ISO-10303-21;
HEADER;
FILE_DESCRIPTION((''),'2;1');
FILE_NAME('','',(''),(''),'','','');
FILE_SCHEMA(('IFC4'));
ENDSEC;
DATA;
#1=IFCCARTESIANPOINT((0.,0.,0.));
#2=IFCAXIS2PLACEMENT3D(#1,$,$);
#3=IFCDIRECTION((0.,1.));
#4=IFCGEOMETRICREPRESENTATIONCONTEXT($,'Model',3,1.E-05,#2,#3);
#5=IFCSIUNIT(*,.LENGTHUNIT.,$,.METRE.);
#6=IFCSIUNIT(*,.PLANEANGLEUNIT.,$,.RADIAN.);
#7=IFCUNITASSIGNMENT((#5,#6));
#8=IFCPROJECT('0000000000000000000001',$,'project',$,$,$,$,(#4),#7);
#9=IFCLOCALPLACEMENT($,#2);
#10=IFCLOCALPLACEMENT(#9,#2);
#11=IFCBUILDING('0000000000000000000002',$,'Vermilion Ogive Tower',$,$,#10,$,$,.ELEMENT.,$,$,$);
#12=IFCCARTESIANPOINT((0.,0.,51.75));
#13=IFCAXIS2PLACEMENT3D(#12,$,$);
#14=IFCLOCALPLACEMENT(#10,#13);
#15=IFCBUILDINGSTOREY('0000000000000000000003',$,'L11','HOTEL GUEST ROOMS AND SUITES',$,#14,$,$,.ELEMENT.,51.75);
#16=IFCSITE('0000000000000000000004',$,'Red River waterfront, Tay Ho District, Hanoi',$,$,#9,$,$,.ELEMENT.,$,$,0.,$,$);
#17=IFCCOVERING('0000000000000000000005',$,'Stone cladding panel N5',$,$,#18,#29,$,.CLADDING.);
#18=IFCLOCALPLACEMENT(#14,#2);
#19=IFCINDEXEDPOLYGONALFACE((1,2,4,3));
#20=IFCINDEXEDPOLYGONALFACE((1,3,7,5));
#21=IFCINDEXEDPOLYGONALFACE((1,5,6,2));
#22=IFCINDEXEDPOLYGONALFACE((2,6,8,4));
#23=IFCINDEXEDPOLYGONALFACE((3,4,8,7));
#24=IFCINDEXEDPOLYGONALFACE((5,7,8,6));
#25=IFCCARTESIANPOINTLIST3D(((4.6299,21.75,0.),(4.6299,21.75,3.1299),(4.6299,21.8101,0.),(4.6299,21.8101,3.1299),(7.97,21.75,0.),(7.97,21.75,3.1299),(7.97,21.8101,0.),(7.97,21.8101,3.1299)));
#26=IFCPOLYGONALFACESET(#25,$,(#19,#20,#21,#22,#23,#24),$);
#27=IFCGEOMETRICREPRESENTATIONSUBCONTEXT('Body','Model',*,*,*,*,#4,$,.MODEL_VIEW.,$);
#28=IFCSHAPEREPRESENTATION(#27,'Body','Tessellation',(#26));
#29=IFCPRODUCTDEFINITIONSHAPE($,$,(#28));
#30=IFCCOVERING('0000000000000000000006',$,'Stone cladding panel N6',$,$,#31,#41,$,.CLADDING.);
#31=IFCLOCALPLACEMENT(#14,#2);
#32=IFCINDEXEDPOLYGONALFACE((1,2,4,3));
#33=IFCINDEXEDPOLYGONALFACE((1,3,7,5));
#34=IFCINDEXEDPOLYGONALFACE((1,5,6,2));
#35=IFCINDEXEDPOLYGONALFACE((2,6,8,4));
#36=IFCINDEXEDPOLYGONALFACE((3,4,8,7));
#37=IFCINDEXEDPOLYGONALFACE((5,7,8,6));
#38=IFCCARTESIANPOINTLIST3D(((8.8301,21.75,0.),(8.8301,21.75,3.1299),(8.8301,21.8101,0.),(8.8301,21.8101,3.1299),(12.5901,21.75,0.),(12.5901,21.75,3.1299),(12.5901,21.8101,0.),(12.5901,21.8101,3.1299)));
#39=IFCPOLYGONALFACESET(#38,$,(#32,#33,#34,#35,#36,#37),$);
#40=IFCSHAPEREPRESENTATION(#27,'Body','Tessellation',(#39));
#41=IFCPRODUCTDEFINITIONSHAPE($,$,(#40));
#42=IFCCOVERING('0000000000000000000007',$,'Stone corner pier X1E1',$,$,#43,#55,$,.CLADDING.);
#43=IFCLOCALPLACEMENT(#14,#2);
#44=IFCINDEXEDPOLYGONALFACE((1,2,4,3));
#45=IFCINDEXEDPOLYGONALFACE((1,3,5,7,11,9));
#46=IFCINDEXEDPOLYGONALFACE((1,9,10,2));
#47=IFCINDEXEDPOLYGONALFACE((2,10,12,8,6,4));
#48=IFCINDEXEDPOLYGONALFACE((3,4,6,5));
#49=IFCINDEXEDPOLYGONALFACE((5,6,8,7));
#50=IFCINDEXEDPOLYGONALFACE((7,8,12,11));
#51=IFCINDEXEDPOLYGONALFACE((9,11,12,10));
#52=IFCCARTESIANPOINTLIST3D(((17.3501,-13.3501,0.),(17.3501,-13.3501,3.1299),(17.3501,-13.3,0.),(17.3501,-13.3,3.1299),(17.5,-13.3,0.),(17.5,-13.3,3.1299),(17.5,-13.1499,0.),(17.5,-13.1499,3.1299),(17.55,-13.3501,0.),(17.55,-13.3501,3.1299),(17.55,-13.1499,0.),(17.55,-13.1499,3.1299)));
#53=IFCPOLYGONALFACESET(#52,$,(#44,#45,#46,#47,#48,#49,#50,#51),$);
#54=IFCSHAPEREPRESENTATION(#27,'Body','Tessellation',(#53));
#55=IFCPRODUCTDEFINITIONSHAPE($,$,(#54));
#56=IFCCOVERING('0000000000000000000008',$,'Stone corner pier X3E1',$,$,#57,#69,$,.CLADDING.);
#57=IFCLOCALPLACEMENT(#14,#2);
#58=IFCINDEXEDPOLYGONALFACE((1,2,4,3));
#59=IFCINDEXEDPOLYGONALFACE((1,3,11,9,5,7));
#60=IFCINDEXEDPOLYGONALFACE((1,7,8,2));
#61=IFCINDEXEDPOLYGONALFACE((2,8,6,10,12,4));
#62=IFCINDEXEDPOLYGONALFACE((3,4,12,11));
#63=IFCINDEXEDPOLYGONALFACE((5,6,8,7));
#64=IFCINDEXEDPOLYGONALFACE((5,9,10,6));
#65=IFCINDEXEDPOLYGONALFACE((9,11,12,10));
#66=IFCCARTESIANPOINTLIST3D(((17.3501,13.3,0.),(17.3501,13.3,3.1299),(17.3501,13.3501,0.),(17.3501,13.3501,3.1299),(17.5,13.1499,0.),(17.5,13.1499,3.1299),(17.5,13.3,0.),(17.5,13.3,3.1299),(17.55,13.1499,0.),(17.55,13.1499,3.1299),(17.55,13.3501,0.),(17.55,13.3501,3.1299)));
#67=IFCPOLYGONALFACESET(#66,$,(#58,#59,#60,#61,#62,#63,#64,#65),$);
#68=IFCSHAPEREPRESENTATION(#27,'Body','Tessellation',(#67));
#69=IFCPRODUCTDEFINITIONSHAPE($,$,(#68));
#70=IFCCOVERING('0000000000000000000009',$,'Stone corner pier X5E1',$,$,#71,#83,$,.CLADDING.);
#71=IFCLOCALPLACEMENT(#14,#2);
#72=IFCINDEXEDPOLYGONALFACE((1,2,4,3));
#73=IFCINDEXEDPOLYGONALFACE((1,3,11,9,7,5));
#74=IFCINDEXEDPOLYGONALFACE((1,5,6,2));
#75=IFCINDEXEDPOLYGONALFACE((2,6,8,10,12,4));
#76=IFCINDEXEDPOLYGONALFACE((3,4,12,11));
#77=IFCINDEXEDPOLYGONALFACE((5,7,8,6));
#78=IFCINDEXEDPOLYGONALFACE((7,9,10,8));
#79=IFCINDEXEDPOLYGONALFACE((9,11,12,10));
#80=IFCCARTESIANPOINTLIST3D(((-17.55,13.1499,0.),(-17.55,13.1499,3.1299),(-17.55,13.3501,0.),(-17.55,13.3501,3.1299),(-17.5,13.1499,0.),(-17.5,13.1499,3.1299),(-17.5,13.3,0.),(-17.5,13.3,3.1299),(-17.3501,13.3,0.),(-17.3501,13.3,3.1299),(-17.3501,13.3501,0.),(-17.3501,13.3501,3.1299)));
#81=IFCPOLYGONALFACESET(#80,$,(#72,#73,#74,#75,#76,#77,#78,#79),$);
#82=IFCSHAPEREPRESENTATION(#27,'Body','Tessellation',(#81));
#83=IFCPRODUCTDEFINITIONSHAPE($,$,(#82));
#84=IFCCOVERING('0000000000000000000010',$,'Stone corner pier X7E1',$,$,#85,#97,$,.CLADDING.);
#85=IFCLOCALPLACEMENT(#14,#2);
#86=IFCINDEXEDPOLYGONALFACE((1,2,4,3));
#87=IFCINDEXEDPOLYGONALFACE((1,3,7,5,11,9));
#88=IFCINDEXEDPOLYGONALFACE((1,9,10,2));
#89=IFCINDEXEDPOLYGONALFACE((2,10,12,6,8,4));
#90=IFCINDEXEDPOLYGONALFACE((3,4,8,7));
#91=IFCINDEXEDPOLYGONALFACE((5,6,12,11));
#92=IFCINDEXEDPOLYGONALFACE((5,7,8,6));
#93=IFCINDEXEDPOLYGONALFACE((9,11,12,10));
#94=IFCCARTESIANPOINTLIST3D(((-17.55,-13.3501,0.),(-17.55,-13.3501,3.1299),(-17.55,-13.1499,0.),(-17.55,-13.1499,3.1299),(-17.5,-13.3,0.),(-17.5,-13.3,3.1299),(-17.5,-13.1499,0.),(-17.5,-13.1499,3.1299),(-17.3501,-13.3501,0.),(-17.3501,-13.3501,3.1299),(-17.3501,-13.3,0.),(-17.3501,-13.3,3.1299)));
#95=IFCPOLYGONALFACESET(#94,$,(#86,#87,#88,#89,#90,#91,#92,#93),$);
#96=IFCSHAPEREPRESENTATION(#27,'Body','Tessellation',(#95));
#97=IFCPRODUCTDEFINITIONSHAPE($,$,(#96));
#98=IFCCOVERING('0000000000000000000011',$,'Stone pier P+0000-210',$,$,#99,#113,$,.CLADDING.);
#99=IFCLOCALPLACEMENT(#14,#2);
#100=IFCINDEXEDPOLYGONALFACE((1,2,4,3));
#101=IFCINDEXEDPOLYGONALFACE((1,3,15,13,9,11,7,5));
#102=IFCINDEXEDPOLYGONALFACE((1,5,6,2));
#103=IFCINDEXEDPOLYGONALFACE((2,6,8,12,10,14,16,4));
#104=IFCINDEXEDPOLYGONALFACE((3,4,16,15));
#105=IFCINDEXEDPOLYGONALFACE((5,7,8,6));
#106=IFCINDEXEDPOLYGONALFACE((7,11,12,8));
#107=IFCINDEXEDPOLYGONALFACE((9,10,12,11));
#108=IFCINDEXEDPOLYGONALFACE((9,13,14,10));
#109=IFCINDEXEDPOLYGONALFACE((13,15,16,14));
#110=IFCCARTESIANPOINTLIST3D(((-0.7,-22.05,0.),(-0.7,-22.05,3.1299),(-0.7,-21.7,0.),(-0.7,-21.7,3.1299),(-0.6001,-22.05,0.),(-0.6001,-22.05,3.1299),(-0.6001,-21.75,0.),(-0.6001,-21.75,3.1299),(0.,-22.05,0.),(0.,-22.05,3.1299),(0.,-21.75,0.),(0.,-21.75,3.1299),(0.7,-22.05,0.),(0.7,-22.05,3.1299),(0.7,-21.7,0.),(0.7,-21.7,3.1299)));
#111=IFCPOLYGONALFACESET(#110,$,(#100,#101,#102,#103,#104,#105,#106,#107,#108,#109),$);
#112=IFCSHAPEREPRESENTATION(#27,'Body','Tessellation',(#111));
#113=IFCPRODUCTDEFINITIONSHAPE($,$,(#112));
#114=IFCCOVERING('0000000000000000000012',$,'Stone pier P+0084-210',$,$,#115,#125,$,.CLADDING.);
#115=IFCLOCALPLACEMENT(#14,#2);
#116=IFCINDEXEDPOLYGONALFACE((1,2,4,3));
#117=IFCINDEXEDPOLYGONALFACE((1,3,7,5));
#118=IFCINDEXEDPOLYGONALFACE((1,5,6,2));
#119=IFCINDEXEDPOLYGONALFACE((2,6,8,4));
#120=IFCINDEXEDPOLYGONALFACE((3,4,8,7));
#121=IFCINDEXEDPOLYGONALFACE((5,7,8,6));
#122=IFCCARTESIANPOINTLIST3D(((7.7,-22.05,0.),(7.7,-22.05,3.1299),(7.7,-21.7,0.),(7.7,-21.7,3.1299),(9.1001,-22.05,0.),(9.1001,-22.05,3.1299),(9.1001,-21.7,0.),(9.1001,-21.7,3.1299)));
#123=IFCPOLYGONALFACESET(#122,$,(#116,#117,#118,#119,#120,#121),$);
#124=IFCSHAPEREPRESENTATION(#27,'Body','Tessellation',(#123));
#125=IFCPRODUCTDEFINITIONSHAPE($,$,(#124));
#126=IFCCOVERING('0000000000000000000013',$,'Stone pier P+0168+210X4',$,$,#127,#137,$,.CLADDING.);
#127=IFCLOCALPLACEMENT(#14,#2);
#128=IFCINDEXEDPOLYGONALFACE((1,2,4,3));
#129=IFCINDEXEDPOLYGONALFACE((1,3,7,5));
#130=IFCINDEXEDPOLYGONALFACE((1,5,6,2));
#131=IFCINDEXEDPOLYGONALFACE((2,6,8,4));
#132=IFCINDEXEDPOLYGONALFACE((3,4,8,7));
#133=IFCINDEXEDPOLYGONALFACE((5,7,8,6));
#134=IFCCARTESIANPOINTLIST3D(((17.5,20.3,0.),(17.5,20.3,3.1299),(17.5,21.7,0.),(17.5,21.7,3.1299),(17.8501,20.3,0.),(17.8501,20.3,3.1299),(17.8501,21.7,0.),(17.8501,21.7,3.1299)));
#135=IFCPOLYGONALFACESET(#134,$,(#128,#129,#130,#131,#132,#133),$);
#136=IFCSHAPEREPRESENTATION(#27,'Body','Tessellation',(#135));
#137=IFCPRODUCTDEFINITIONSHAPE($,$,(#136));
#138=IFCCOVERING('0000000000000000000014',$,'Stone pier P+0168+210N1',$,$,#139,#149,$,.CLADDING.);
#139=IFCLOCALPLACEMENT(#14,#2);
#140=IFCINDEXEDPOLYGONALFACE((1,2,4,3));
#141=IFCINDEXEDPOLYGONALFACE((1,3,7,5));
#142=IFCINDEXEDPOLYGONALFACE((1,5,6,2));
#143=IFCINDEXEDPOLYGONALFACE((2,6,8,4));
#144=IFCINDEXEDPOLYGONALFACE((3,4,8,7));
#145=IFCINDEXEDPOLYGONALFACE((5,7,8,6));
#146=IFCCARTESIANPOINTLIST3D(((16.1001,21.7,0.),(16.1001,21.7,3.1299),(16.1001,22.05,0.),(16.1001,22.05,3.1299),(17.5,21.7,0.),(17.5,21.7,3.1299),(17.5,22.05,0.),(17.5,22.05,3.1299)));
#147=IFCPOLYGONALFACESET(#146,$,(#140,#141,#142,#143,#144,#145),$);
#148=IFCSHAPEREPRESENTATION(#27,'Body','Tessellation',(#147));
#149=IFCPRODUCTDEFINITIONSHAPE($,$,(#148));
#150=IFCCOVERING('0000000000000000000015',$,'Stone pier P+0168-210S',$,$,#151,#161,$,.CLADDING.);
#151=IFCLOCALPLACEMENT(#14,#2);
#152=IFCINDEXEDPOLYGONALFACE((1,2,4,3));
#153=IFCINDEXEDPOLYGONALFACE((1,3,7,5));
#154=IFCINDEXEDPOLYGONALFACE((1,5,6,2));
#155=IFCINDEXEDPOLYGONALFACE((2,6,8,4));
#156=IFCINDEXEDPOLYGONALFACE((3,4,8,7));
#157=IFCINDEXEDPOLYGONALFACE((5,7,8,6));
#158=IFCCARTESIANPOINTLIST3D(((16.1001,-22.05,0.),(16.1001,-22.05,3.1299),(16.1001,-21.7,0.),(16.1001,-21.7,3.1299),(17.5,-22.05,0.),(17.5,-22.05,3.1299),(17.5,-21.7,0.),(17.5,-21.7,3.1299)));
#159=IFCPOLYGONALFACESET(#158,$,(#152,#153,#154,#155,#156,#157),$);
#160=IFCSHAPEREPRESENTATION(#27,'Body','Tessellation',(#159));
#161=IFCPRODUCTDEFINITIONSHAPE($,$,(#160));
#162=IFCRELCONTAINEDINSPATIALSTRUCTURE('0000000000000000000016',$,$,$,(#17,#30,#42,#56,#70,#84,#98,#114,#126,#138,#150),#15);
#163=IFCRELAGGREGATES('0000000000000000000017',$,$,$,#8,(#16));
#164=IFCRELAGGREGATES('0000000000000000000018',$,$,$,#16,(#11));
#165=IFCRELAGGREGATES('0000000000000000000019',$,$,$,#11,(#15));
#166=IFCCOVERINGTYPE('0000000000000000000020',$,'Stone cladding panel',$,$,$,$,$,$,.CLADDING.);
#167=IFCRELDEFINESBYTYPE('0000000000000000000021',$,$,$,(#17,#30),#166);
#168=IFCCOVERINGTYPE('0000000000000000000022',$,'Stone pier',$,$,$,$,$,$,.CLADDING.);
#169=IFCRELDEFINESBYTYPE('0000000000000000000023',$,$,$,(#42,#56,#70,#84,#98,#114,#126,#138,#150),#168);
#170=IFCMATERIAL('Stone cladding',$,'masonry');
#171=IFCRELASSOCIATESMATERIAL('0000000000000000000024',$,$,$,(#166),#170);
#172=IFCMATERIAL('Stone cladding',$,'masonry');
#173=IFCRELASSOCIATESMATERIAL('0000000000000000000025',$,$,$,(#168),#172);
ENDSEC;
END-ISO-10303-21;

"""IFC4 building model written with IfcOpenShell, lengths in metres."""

from ifc_helpers import new_model, si_unit, direction, frame, origin, place, context, subcontext, project, spatial, polyline, outline, extrude, material, type_object, element, save


model = new_model("IFC4")

# Units and contexts
model_context = context("Model", 3, precision=1e-05, world=origin(), true_north=direction((0.0, 1.0)))
body_context = subcontext(model_context, "Body", "Model", "MODEL_VIEW")
ifc_project = project(units=[si_unit("LENGTHUNIT", "METRE"), si_unit("PLANEANGLEUNIT", "RADIAN")], contexts=[model_context])

# Site, building, storey
site_placement = place(None, origin())
site = spatial("IfcSite", under=ifc_project, at=site_placement, Name="Red River waterfront, Tay Ho District, Hanoi", CompositionType="ELEMENT", RefElevation=0.0)
building_placement = place(site_placement, origin())
building = spatial("IfcBuilding", under=site, at=building_placement, Name="Vermilion Ogive Tower", CompositionType="ELEMENT")
storey_placement = place(building_placement, frame((0.0, 0.0, 51.75)))
storey = spatial("IfcBuildingStorey", under=building, at=storey_placement, Name="L11", Description="HOTEL GUEST ROOMS AND SUITES", CompositionType="ELEMENT", Elevation=51.75)

# Coverings
ifc_material_1 = material(Name="Stone cladding", Category="masonry")
covering_type_1 = type_object("IfcCoveringType", Name="Stone cladding panel", PredefinedType="CLADDING", material=ifc_material_1)
covering_1_placement = place(storey_placement, origin())
element("IfcCovering", 1, at=covering_1_placement, inside=storey, type_object=covering_type_1, Name="Stone cladding panel N5", PredefinedType="CLADDING", context=body_context, shape_type="SweptSolid", body=[
    extrude(outline(polyline([(4.6299, 21.75), (7.97, 21.75), (7.97, 21.8101), (4.6299, 21.8101), (4.6299, 21.75)])), origin(), (0.0, 0.0, 1.0), 3.1299),
])
covering_2_placement = place(storey_placement, origin())
element("IfcCovering", 2, at=covering_2_placement, inside=storey, type_object=covering_type_1, Name="Stone cladding panel N6", PredefinedType="CLADDING", context=body_context, shape_type="SweptSolid", body=[
    extrude(outline(polyline([(8.8301, 21.75), (12.5901, 21.75), (12.5901, 21.8101), (8.8301, 21.8101), (8.8301, 21.75)])), origin(), (0.0, 0.0, 1.0), 3.1299),
])
ifc_material_2 = material(Name="Stone cladding", Category="masonry")
covering_type_2 = type_object("IfcCoveringType", Name="Stone pier", PredefinedType="CLADDING", material=ifc_material_2)
covering_3_placement = place(storey_placement, origin())
element("IfcCovering", 3, at=covering_3_placement, inside=storey, type_object=covering_type_2, Name="Stone corner pier X1E1", PredefinedType="CLADDING", context=body_context, shape_type="SweptSolid", body=[
    extrude(outline(polyline([(17.3501, -13.3), (17.5, -13.3), (17.5, -13.1499), (17.55, -13.1499), (17.55, -13.3501), (17.3501, -13.3501), (17.3501, -13.3)])), origin(), (0.0, 0.0, 1.0), 3.1299),
])
covering_4_placement = place(storey_placement, origin())
element("IfcCovering", 4, at=covering_4_placement, inside=storey, type_object=covering_type_2, Name="Stone corner pier X3E1", PredefinedType="CLADDING", context=body_context, shape_type="SweptSolid", body=[
    extrude(outline(polyline([(17.5, 13.1499), (17.5, 13.3), (17.3501, 13.3), (17.3501, 13.3501), (17.55, 13.3501), (17.55, 13.1499), (17.5, 13.1499)])), origin(), (0.0, 0.0, 1.0), 3.1299),
])
covering_5_placement = place(storey_placement, origin())
element("IfcCovering", 5, at=covering_5_placement, inside=storey, type_object=covering_type_2, Name="Stone corner pier X5E1", PredefinedType="CLADDING", context=body_context, shape_type="SweptSolid", body=[
    extrude(outline(polyline([(-17.3501, 13.3), (-17.5, 13.3), (-17.5, 13.1499), (-17.55, 13.1499), (-17.55, 13.3501), (-17.3501, 13.3501), (-17.3501, 13.3)])), origin(), (0.0, 0.0, 1.0), 3.1299),
])
covering_6_placement = place(storey_placement, origin())
element("IfcCovering", 6, at=covering_6_placement, inside=storey, type_object=covering_type_2, Name="Stone corner pier X7E1", PredefinedType="CLADDING", context=body_context, shape_type="SweptSolid", body=[
    extrude(outline(polyline([(-17.5, -13.1499), (-17.5, -13.3), (-17.3501, -13.3), (-17.3501, -13.3501), (-17.55, -13.3501), (-17.55, -13.1499), (-17.5, -13.1499)])), origin(), (0.0, 0.0, 1.0), 3.1299),
])
covering_7_placement = place(storey_placement, origin())
element("IfcCovering", 7, at=covering_7_placement, inside=storey, type_object=covering_type_2, Name="Stone pier P+0000-210", PredefinedType="CLADDING", context=body_context, shape_type="SweptSolid", body=[
    extrude(outline(polyline([(0.7, -22.05), (0.0, -22.05), (0.0, -21.75), (-0.6001, -21.75), (-0.6001, -22.05), (-0.7, -22.05), (-0.7, -21.7), (0.7, -21.7), (0.7, -22.05)])), origin(), (0.0, 0.0, 1.0), 3.1299),
])
covering_8_placement = place(storey_placement, origin())
element("IfcCovering", 8, at=covering_8_placement, inside=storey, type_object=covering_type_2, Name="Stone pier P+0084-210", PredefinedType="CLADDING", context=body_context, shape_type="SweptSolid", body=[
    extrude(outline(polyline([(9.1001, -21.7), (9.1001, -22.05), (7.7, -22.05), (7.7, -21.7), (9.1001, -21.7), (9.1001, -21.7)])), origin(), (0.0, 0.0, 1.0), 3.1299),
])
covering_9_placement = place(storey_placement, origin())
element("IfcCovering", 9, at=covering_9_placement, inside=storey, type_object=covering_type_2, Name="Stone pier P+0168+210X4", PredefinedType="CLADDING", context=body_context, shape_type="SweptSolid", body=[
    extrude(outline(polyline([(17.8501, 21.7), (17.8501, 20.3), (17.5, 20.3), (17.5, 21.7), (17.8501, 21.7)])), origin(), (0.0, 0.0, 1.0), 3.1299),
])
covering_10_placement = place(storey_placement, origin())
element("IfcCovering", 10, at=covering_10_placement, inside=storey, type_object=covering_type_2, Name="Stone pier P+0168+210N1", PredefinedType="CLADDING", context=body_context, shape_type="SweptSolid", body=[
    extrude(outline(polyline([(17.5, 22.05), (17.5, 21.7), (16.1001, 21.7), (16.1001, 22.05), (17.5, 22.05)])), origin(), (0.0, 0.0, 1.0), 3.1299),
])
covering_11_placement = place(storey_placement, origin())
element("IfcCovering", 11, at=covering_11_placement, inside=storey, type_object=covering_type_2, Name="Stone pier P+0168-210S", PredefinedType="CLADDING", context=body_context, shape_type="SweptSolid", body=[
    extrude(outline(polyline([(17.5, -21.7), (17.5, -21.7), (17.5, -22.05), (16.1001, -22.05), (16.1001, -21.7), (16.1001, -21.7), (17.5, -21.7)])), origin(), (0.0, 0.0, 1.0), 3.1299),
])

save(model, "model.ifc")
